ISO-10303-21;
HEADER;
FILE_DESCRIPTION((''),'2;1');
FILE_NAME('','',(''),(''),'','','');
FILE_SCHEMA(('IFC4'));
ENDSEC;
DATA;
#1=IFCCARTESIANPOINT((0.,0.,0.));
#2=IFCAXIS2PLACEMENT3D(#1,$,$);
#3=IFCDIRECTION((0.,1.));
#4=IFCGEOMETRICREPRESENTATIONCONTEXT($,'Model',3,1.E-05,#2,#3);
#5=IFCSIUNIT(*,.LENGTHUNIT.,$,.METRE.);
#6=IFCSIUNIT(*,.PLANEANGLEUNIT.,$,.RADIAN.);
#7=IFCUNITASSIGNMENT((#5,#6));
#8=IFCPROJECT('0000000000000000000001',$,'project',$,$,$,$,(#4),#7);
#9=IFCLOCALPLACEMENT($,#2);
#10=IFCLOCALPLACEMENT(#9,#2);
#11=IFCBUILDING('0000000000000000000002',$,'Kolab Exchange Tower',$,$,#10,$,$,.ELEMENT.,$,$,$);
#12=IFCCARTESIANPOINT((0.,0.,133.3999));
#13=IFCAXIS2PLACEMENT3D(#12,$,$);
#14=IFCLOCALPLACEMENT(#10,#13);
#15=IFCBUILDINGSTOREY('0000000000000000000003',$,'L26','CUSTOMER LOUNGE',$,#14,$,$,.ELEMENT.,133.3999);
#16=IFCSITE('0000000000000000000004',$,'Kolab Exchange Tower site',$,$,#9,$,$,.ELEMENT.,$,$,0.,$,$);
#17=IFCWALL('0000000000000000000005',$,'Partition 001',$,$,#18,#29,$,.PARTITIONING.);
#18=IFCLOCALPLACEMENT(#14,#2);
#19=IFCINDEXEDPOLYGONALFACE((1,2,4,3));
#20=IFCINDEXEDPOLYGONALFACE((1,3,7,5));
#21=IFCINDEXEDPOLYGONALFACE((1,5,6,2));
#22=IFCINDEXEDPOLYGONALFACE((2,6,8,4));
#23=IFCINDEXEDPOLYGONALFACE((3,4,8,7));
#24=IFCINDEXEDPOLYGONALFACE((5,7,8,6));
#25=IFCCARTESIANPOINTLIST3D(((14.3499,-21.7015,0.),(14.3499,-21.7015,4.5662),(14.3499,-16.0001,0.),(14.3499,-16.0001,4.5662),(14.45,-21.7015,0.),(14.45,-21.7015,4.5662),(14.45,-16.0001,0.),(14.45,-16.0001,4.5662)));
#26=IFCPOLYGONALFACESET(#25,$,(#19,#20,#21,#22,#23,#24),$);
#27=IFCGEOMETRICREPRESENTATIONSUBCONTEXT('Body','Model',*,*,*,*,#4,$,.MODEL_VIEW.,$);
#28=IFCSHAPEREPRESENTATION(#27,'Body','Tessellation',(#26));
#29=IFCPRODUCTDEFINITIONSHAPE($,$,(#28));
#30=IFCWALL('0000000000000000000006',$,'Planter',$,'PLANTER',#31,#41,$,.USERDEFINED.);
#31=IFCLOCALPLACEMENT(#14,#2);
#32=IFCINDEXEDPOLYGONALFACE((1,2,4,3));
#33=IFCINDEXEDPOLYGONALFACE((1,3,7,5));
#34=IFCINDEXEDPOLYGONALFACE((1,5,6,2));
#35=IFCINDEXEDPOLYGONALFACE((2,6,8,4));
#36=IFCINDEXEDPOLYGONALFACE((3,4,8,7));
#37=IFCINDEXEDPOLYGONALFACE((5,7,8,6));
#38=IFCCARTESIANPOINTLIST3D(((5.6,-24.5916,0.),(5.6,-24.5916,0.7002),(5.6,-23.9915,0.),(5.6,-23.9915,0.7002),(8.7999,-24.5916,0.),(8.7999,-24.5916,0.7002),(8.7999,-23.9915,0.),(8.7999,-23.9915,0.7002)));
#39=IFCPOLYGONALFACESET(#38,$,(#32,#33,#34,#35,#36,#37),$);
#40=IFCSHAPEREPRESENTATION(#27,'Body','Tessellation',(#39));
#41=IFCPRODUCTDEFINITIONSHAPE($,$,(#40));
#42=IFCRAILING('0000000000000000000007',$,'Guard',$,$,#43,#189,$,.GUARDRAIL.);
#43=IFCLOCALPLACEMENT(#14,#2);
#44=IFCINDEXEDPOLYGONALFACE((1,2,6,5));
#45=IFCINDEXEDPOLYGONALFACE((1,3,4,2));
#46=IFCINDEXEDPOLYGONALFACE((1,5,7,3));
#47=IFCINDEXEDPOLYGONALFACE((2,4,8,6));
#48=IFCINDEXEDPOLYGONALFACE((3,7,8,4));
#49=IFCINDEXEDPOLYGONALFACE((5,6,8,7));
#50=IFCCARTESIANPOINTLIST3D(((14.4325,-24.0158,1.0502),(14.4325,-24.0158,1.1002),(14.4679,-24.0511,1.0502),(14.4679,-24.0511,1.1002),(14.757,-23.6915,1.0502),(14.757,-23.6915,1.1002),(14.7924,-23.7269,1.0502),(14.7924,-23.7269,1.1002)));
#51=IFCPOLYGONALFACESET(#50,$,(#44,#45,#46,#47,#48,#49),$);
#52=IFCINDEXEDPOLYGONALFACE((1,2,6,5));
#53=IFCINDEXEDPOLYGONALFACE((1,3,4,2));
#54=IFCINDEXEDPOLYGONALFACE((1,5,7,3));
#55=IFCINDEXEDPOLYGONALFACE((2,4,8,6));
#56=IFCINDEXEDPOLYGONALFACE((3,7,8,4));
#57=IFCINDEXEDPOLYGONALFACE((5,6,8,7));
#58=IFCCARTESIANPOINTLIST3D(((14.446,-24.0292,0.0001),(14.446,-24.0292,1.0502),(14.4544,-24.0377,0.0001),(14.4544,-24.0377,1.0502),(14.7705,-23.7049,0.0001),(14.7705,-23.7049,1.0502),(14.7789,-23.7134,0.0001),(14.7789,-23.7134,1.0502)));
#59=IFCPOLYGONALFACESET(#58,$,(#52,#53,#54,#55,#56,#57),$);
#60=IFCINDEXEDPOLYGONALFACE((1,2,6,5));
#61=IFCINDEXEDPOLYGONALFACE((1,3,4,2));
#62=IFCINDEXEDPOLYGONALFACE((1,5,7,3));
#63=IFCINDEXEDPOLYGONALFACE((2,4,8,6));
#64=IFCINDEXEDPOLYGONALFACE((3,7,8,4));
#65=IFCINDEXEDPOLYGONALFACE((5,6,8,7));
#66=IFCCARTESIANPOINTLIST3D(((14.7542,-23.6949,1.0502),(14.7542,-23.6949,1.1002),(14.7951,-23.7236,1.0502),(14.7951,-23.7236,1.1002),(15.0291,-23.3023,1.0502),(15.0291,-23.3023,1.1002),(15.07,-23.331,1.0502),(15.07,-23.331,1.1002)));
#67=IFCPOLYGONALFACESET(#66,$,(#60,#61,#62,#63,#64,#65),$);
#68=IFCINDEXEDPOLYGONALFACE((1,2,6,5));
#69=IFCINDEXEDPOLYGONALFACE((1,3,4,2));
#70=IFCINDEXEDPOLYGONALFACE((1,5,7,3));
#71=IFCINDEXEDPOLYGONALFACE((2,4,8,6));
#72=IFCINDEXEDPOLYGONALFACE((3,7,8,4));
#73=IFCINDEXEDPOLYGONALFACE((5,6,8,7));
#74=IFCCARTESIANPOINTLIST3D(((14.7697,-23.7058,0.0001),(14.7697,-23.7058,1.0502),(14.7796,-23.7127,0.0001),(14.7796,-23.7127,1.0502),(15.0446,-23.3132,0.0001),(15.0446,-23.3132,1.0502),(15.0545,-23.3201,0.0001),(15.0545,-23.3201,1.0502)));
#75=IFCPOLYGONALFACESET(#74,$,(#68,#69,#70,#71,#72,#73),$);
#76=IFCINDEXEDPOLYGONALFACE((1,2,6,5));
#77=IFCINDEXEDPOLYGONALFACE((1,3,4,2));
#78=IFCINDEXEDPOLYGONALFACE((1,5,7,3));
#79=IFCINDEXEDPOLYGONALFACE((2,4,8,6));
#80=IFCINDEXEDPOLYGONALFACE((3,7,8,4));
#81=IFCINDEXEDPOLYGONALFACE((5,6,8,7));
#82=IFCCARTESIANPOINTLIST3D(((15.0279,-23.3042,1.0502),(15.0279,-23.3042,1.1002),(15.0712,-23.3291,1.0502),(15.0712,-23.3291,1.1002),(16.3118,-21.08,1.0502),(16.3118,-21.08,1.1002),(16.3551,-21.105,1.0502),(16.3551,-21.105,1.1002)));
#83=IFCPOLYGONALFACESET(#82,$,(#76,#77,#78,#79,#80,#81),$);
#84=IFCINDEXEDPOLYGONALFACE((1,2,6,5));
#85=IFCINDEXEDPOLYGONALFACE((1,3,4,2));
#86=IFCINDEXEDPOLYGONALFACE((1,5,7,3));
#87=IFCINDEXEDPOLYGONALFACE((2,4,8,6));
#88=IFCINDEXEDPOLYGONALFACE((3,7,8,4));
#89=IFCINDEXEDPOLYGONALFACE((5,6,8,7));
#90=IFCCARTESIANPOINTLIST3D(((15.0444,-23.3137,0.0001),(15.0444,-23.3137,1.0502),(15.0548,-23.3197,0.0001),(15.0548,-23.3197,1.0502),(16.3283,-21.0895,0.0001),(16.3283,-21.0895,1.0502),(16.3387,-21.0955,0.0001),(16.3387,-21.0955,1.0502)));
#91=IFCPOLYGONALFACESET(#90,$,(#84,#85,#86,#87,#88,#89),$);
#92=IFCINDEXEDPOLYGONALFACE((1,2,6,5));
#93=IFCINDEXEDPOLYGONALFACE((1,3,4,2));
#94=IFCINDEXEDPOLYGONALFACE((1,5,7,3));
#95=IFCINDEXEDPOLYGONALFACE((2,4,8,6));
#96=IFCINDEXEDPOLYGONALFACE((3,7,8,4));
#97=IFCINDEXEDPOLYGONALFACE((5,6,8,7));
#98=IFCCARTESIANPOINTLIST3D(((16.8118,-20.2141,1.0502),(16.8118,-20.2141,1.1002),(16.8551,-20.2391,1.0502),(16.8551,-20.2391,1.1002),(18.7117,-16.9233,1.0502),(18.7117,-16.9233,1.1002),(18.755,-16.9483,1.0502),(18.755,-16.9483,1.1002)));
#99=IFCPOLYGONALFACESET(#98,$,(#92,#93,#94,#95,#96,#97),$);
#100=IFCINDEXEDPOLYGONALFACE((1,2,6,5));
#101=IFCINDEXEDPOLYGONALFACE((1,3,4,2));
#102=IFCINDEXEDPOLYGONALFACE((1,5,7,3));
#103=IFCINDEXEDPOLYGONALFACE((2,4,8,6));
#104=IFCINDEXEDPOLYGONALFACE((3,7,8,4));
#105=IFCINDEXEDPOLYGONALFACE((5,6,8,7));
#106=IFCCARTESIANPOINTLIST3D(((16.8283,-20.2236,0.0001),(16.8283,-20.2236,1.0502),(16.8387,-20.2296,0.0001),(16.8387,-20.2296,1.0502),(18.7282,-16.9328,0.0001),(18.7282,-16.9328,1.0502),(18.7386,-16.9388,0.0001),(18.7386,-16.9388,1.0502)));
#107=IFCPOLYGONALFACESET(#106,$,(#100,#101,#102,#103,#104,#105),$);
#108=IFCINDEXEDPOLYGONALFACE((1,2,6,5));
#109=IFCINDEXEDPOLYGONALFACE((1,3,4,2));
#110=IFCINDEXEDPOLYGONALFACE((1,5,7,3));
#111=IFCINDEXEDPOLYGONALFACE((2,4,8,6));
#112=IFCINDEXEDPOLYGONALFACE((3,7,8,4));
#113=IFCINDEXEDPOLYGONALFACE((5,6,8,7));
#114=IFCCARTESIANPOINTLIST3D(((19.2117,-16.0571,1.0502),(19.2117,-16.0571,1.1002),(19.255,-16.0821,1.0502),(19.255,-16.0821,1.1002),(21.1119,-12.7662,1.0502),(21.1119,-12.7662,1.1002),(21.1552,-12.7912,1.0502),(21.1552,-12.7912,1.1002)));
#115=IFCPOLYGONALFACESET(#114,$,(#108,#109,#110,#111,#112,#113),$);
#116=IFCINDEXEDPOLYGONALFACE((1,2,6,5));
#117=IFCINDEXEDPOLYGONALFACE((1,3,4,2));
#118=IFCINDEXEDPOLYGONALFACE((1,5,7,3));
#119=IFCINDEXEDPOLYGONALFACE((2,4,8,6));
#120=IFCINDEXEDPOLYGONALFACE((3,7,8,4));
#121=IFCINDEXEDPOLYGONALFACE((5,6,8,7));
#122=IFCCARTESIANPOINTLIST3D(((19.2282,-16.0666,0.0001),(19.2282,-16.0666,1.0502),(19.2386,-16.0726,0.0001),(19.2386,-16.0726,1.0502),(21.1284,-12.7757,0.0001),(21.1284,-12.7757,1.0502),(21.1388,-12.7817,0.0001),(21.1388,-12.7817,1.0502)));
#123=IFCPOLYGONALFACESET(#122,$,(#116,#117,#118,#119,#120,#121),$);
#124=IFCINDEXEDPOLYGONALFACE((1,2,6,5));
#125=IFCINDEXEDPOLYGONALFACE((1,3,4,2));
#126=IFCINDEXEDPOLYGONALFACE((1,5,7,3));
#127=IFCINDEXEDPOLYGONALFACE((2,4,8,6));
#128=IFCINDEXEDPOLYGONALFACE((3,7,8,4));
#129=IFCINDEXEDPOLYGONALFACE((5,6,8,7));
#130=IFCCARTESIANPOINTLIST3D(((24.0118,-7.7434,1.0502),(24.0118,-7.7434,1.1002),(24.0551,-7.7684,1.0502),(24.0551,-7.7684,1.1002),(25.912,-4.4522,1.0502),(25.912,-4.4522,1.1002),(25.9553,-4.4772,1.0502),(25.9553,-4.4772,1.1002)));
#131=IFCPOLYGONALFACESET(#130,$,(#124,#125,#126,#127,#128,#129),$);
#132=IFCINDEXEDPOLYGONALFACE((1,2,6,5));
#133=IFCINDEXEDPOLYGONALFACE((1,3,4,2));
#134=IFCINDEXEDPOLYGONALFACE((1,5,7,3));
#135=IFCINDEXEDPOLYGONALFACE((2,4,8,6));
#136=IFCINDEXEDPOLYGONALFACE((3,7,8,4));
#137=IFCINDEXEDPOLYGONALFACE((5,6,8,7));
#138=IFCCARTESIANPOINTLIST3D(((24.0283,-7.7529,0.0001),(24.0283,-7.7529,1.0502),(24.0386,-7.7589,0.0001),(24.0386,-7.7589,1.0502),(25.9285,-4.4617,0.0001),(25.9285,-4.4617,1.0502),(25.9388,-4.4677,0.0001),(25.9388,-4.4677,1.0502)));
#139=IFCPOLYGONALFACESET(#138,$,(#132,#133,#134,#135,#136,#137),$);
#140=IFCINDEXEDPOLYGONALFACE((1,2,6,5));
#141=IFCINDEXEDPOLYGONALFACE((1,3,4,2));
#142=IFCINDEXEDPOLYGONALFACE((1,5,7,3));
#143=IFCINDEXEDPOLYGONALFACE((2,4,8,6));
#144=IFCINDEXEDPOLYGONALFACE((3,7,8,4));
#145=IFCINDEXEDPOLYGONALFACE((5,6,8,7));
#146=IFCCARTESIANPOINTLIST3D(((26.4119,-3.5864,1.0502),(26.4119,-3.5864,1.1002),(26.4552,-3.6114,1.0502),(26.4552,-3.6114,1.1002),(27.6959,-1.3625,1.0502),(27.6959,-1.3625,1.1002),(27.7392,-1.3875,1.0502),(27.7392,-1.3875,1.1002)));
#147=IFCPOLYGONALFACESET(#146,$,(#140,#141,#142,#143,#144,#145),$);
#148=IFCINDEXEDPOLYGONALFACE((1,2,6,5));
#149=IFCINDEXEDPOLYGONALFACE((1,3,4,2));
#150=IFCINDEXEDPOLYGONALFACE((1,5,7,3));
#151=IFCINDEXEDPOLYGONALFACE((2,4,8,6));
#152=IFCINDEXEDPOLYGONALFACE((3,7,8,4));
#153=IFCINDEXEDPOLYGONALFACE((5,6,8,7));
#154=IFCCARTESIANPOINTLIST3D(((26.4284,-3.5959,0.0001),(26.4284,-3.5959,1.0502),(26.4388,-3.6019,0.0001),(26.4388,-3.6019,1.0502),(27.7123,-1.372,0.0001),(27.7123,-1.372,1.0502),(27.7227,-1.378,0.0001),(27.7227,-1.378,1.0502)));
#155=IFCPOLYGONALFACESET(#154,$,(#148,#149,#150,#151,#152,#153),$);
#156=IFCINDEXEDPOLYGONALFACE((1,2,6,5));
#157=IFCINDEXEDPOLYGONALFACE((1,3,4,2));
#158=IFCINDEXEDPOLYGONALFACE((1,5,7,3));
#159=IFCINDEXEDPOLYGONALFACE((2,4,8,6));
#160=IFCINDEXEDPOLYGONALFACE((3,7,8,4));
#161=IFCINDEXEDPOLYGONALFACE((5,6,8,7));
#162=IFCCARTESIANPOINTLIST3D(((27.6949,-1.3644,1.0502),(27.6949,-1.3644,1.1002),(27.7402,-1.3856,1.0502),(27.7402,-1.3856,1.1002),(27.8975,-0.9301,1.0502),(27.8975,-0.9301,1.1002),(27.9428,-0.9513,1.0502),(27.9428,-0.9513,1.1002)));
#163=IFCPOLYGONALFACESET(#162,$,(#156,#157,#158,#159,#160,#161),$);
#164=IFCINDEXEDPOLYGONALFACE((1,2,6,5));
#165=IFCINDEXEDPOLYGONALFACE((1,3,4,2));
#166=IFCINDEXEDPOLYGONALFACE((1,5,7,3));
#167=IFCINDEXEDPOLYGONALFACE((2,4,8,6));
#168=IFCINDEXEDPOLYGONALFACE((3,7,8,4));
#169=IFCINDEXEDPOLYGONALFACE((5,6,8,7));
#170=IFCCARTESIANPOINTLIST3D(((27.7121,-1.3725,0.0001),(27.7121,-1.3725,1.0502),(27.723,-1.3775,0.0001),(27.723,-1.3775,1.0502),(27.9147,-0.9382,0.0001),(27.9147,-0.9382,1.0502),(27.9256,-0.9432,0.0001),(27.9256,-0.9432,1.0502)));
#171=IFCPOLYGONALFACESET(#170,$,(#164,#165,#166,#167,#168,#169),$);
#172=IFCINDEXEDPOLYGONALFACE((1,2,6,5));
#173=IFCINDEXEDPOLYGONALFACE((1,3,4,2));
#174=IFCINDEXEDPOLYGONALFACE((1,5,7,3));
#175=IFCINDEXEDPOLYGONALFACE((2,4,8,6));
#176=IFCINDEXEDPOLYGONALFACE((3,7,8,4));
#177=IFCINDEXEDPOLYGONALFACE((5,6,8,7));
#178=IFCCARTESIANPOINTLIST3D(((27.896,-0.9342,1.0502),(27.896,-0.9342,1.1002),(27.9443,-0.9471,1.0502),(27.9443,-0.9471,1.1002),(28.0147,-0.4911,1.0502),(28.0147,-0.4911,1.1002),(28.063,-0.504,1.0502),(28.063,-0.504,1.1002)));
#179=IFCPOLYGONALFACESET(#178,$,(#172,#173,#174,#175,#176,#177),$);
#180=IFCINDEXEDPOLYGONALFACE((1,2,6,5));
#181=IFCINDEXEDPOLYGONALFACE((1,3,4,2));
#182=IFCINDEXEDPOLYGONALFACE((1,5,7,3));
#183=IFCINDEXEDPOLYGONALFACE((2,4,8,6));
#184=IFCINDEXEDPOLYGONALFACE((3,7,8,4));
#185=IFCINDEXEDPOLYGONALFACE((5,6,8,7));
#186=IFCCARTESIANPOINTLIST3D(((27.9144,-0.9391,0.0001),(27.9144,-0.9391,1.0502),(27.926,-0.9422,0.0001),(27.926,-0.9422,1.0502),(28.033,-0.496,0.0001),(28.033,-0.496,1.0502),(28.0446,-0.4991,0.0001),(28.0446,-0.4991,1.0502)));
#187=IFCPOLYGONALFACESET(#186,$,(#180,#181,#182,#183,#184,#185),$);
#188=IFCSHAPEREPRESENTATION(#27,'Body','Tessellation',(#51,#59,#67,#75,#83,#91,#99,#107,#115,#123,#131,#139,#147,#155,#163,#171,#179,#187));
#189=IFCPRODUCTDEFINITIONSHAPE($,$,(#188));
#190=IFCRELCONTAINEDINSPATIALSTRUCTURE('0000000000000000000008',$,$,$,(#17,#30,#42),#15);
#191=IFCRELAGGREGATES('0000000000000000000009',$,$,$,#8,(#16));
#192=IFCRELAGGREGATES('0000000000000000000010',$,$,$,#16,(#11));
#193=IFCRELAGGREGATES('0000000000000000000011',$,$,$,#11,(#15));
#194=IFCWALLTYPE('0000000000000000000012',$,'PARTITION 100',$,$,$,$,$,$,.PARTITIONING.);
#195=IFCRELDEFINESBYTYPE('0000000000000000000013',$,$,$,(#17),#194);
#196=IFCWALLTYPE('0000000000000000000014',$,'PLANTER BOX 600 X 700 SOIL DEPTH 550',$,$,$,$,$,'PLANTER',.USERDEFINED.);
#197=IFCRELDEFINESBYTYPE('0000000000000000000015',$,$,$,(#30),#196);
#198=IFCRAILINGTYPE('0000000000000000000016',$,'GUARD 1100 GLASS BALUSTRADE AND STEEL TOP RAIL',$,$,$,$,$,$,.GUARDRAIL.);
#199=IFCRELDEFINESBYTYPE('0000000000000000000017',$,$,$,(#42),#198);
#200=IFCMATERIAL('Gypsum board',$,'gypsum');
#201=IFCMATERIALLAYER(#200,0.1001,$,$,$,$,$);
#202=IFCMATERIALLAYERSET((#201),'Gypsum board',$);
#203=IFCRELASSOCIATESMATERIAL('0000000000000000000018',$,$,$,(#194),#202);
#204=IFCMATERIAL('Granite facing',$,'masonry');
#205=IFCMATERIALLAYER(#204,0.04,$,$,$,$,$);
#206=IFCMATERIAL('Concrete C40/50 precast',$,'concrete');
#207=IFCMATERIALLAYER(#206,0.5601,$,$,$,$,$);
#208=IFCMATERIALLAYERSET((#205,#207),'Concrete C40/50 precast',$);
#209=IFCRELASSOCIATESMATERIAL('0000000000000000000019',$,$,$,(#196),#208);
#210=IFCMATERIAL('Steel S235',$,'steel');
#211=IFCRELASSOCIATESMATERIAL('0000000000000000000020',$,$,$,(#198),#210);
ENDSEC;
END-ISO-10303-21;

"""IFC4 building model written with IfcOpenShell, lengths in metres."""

from ifc_helpers import new_model, si_unit, direction, frame, frame_2d, origin, origin_2d, place, context, subcontext, project, spatial, rectangle, extrude, material, layer, layer_set, type_object, element, save


model = new_model("IFC4")

# Units and contexts
model_context = context("Model", 3, precision=1e-05, world=origin(), true_north=direction((0.0, 1.0)))
body_context = subcontext(model_context, "Body", "Model", "MODEL_VIEW")
ifc_project = project(units=[si_unit("LENGTHUNIT", "METRE"), si_unit("PLANEANGLEUNIT", "RADIAN")], contexts=[model_context])

# Site, building, storey
site_placement = place(None, origin())
site = spatial("IfcSite", under=ifc_project, at=site_placement, Name="Kolab Exchange Tower site", CompositionType="ELEMENT", RefElevation=0.0)
building_placement = place(site_placement, origin())
building = spatial("IfcBuilding", under=site, at=building_placement, Name="Kolab Exchange Tower", CompositionType="ELEMENT")
storey_placement = place(building_placement, frame((0.0, 0.0, 133.3999)))
storey = spatial("IfcBuildingStorey", under=building, at=storey_placement, Name="L26", Description="CUSTOMER LOUNGE", CompositionType="ELEMENT", Elevation=133.3999)

# Walls
ifc_material_1 = material(Name="Gypsum board", Category="gypsum")
ifc_layer_1 = layer(ifc_material_1, 0.1001)
ifc_layer_set_1 = layer_set([ifc_layer_1], Name="Gypsum board")
wall_type_1 = type_object("IfcWallType", Name="PARTITION 100", PredefinedType="PARTITIONING", material=ifc_layer_set_1)
wall_1_placement = place(storey_placement, frame((14.3999, -21.7014, 0.0), z_axis=(0.0, 0.0, 1.0), x_axis=(0.0, 1.0, 0.0)))
element("IfcWall", 1, at=wall_1_placement, inside=storey, type_object=wall_type_1, Name="Partition 001", PredefinedType="PARTITIONING", context=body_context, shape_type="SweptSolid", body=[
    extrude(rectangle(XDim=5.7014, YDim=0.1001, at=frame_2d((2.8506, 0.0))), origin(), (0.0, 0.0, 1.0), 4.5662),
])
ifc_material_2 = material(Name="Granite facing", Category="masonry")
ifc_layer_2 = layer(ifc_material_2, 0.04)
ifc_material_3 = material(Name="Concrete C40/50 precast", Category="concrete")
ifc_layer_3 = layer(ifc_material_3, 0.5601)
ifc_layer_set_2 = layer_set([ifc_layer_2, ifc_layer_3], Name="Concrete C40/50 precast")
wall_type_2 = type_object("IfcWallType", Name="PLANTER BOX 600 X 700 SOIL DEPTH 550", ElementType="PLANTER", PredefinedType="USERDEFINED", material=ifc_layer_set_2)
wall_2_placement = place(storey_placement, frame((8.8, -24.2915, 0.0), z_axis=(0.0, 0.0, 1.0), x_axis=(-1.0, 0.0, 0.0)))
element("IfcWall", 2, at=wall_2_placement, inside=storey, type_object=wall_type_2, Name="Planter", ObjectType="PLANTER", PredefinedType="USERDEFINED", context=body_context, shape_type="SweptSolid", body=[
    extrude(rectangle(XDim=3.2, YDim=0.6001, at=frame_2d((1.6001, 0.0))), origin(), (0.0, 0.0, 1.0), 0.7002),
])

# Railing
ifc_material_4 = material(Name="Steel S235", Category="steel")
railing_type = type_object("IfcRailingType", Name="GUARD 1100 GLASS BALUSTRADE AND STEEL TOP RAIL", PredefinedType="GUARDRAIL", material=ifc_material_4)
railing_placement = place(storey_placement, frame((14.4502, -24.0334, 0.0)))
element("IfcRailing", 3, at=railing_placement, inside=storey, type_object=railing_type, Name="Guard", PredefinedType="GUARDRAIL", context=body_context, shape_type="SweptSolid", body=[
    extrude(rectangle(XDim=0.05, YDim=0.05, at=origin_2d()), frame((0.0, 0.0, 1.0752), z_axis=(0.707373, 0.706841, 0.0), x_axis=(-0.706841, 0.707373, 0.0)), (0.0, 0.0, 1.0), 0.4587),
    extrude(rectangle(XDim=0.012, YDim=1.0501, at=frame_2d((0.0, 0.5251))), frame((0.0, 0.0, 0.0), z_axis=(0.707373, 0.706841, 0.0), x_axis=(-0.706841, 0.707373, 0.0)), (0.0, 0.0, 1.0), 0.4587),
    extrude(rectangle(XDim=0.05, YDim=0.05, at=origin_2d()), frame((0.3245, 0.3242, 1.0752), z_axis=(0.573599, 0.819136, 0.0), x_axis=(-0.819136, 0.573599, 0.0)), (0.0, 0.0, 1.0), 0.4792),
    extrude(rectangle(XDim=0.012, YDim=1.0501, at=frame_2d((0.0, 0.5251))), frame((0.3245, 0.3242, 0.0), z_axis=(0.573599, 0.819136, 0.0), x_axis=(-0.819136, 0.573599, 0.0)), (0.0, 0.0, 1.0), 0.4792),
    extrude(rectangle(XDim=0.05, YDim=0.05, at=origin_2d()), frame((0.5994, 0.7168, 1.0752), z_axis=(0.499953, 0.866053, 0.0), x_axis=(-0.866053, 0.499953, 0.0)), (0.0, 0.0, 1.0), 2.5681),
    extrude(rectangle(XDim=0.012, YDim=1.0501, at=frame_2d((0.0, 0.5251))), frame((0.5994, 0.7168, 0.0), z_axis=(0.499953, 0.866053, 0.0), x_axis=(-0.866053, 0.499953, 0.0)), (0.0, 0.0, 1.0), 2.5681),
    extrude(rectangle(XDim=0.05, YDim=0.05, at=origin_2d()), frame((2.3833, 3.8069, 1.0752), z_axis=(0.499995, 0.866028, 0.0), x_axis=(-0.866028, 0.499995, 0.0)), (0.0, 0.0, 1.0), 3.7998),
    extrude(rectangle(XDim=0.012, YDim=1.0501, at=frame_2d((0.0, 0.5251))), frame((2.3833, 3.8069, 0.0), z_axis=(0.499995, 0.866028, 0.0), x_axis=(-0.866028, 0.499995, 0.0)), (0.0, 0.0, 1.0), 3.7998),
    extrude(rectangle(XDim=0.05, YDim=0.05, at=origin_2d()), frame((4.7832, 7.9639, 1.0752), z_axis=(0.500043, 0.866, 0.0), x_axis=(-0.866, 0.500043, 0.0)), (0.0, 0.0, 1.0), 3.8),
    extrude(rectangle(XDim=0.012, YDim=1.0501, at=frame_2d((0.0, 0.5251))), frame((4.7832, 7.9639, 0.0), z_axis=(0.500043, 0.866, 0.0), x_axis=(-0.866, 0.500043, 0.0)), (0.0, 0.0, 1.0), 3.8),
    extrude(rectangle(XDim=0.05, YDim=0.05, at=origin_2d()), frame((9.5833, 16.2776, 1.0752), z_axis=(0.500015, 0.866017, 0.0), x_axis=(-0.866017, 0.500015, 0.0)), (0.0, 0.0, 1.0), 3.8003),
    extrude(rectangle(XDim=0.012, YDim=1.0501, at=frame_2d((0.0, 0.5251))), frame((9.5833, 16.2776, 0.0), z_axis=(0.500015, 0.866017, 0.0), x_axis=(-0.866017, 0.500015, 0.0)), (0.0, 0.0, 1.0), 3.8003),
    extrude(rectangle(XDim=0.05, YDim=0.05, at=origin_2d()), frame((11.9834, 20.4346, 1.0752), z_axis=(0.499994, 0.866029, 0.0), x_axis=(-0.866029, 0.499994, 0.0)), (0.0, 0.0, 1.0), 2.5679),
    extrude(rectangle(XDim=0.012, YDim=1.0501, at=frame_2d((0.0, 0.5251))), frame((11.9834, 20.4346, 0.0), z_axis=(0.499994, 0.866029, 0.0), x_axis=(-0.866029, 0.499994, 0.0)), (0.0, 0.0, 1.0), 2.5679),
    extrude(rectangle(XDim=0.05, YDim=0.05, at=origin_2d()), frame((13.2673, 22.6584, 1.0752), z_axis=(0.422802, 0.906222, 0.0), x_axis=(-0.906222, 0.422802, 0.0)), (0.0, 0.0, 1.0), 0.4792),
    extrude(rectangle(XDim=0.012, YDim=1.0501, at=frame_2d((0.0, 0.5251))), frame((13.2673, 22.6584, 0.0), z_axis=(0.422802, 0.906222, 0.0), x_axis=(-0.906222, 0.422802, 0.0)), (0.0, 0.0, 1.0), 0.4792),
    extrude(rectangle(XDim=0.05, YDim=0.05, at=origin_2d()), frame((13.47, 23.0928, 1.0752), z_axis=(0.258656, 0.965969, 0.0), x_axis=(-0.965969, 0.258656, 0.0)), (0.0, 0.0, 1.0), 0.4587),
    extrude(rectangle(XDim=0.012, YDim=1.0501, at=frame_2d((0.0, 0.5251))), frame((13.47, 23.0928, 0.0), z_axis=(0.258656, 0.965969, 0.0), x_axis=(-0.965969, 0.258656, 0.0)), (0.0, 0.0, 1.0), 0.4587),
])

save(model, "model.ifc")
